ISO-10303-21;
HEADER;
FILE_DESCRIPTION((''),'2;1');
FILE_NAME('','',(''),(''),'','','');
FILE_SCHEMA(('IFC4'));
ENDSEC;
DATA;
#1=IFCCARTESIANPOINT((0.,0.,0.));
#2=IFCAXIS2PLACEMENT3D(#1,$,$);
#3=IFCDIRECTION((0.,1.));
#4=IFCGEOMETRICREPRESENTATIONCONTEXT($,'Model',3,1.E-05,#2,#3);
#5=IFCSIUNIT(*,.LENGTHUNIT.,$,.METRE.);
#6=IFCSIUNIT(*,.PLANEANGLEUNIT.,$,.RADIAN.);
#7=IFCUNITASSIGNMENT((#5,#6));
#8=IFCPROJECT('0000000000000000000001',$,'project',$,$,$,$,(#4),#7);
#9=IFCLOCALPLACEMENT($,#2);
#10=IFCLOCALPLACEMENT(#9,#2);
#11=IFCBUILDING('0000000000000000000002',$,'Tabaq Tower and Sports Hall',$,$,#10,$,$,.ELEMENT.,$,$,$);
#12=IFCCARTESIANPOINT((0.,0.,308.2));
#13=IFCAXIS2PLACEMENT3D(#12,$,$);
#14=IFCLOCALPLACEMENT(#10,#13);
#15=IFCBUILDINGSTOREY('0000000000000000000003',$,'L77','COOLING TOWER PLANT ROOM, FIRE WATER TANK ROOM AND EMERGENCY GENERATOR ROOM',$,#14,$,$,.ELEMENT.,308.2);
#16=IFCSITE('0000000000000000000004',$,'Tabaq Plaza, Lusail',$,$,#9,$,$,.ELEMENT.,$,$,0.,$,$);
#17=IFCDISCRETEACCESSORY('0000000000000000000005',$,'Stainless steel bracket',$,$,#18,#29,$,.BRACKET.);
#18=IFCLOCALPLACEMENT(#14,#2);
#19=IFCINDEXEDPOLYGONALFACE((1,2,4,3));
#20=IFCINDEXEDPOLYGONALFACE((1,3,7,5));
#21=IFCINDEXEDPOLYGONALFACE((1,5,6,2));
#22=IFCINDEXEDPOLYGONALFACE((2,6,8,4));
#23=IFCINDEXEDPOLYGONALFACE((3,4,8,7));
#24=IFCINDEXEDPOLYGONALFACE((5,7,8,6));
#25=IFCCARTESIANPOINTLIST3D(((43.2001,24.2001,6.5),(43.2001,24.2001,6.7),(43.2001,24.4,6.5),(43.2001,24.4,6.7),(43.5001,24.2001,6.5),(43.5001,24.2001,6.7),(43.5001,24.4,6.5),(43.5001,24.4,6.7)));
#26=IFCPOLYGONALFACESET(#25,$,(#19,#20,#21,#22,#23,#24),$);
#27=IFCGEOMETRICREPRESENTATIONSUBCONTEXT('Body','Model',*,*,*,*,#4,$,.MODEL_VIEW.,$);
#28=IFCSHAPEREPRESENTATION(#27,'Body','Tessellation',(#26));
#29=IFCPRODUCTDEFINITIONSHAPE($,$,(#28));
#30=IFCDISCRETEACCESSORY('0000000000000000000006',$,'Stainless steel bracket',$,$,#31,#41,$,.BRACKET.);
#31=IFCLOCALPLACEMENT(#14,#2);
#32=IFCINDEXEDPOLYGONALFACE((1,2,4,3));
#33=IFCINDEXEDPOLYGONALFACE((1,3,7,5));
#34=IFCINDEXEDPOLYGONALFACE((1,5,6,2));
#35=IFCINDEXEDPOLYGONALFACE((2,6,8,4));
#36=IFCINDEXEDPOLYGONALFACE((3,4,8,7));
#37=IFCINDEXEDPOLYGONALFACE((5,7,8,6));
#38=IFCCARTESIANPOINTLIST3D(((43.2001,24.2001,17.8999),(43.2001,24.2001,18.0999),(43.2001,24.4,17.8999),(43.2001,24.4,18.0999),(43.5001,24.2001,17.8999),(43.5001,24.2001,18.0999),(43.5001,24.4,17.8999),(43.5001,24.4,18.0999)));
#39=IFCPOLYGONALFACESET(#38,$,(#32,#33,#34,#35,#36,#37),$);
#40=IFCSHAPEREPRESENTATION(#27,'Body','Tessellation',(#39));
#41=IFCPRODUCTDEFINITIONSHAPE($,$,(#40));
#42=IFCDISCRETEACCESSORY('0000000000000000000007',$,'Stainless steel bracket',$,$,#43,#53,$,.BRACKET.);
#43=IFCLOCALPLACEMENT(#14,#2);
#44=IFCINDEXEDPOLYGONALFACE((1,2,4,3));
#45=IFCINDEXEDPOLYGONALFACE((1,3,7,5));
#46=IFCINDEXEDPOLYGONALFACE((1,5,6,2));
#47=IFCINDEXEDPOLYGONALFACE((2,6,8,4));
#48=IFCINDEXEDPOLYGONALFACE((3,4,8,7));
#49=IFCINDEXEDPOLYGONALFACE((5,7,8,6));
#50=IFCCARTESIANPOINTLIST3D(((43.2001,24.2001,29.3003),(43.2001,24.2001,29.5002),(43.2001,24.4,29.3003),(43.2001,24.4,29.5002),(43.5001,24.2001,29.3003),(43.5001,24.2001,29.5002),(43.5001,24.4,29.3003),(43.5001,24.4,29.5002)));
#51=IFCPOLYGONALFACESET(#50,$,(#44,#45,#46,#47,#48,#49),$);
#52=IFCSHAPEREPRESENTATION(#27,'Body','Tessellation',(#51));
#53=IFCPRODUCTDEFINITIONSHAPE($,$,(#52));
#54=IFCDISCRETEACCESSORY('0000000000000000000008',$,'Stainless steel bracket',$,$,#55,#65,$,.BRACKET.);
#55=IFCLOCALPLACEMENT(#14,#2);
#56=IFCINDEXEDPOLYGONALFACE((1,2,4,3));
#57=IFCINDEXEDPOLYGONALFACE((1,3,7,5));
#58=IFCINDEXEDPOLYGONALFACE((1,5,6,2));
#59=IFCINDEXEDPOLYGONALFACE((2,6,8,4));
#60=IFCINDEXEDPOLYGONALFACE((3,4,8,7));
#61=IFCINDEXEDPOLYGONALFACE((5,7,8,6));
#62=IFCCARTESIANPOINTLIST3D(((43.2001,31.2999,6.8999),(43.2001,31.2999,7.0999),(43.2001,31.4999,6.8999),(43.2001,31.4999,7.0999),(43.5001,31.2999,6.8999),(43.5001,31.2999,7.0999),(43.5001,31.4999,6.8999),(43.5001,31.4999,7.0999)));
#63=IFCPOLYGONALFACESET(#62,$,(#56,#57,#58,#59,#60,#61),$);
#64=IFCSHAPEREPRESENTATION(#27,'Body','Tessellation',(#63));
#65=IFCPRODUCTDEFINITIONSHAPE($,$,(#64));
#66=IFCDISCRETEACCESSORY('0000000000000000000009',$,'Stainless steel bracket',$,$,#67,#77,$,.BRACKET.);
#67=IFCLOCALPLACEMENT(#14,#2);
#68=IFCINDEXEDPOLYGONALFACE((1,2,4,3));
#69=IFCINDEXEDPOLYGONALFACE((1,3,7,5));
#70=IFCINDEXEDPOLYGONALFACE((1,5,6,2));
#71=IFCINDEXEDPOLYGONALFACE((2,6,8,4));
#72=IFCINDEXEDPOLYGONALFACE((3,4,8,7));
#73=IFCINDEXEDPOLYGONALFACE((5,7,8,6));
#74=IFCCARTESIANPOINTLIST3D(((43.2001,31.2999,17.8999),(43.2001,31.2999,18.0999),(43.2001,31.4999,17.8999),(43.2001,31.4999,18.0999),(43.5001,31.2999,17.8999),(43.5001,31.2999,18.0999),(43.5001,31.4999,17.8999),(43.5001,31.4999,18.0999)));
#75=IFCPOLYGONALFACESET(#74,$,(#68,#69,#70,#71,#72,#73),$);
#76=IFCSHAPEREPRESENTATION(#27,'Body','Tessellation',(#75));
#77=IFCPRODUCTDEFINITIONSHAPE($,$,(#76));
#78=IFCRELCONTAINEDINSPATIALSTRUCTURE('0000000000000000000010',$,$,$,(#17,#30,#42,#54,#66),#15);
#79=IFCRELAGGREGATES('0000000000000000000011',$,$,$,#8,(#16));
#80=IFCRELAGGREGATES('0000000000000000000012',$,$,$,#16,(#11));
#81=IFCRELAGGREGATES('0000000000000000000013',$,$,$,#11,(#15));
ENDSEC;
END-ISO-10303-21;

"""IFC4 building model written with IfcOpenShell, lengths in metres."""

from ifc_helpers import new_model, si_unit, direction, frame, origin, origin_2d, place, context, subcontext, project, spatial, rectangle, extrude, element, save


model = new_model("IFC4")

# Units and contexts
model_context = context("Model", 3, precision=1e-05, world=origin(), true_north=direction((0.0, 1.0)))
body_context = subcontext(model_context, "Body", "Model", "MODEL_VIEW")
ifc_project = project(units=[si_unit("LENGTHUNIT", "METRE"), si_unit("PLANEANGLEUNIT", "RADIAN")], contexts=[model_context])

# Site, building, storey
site_placement = place(None, origin())
site = spatial("IfcSite", under=ifc_project, at=site_placement, Name="Tabaq Plaza, Lusail", CompositionType="ELEMENT", RefElevation=0.0)
building_placement = place(site_placement, origin())
building = spatial("IfcBuilding", under=site, at=building_placement, Name="Tabaq Tower and Sports Hall", CompositionType="ELEMENT")
storey_placement = place(building_placement, frame((0.0, 0.0, 308.2)))
storey = spatial("IfcBuildingStorey", under=building, at=storey_placement, Name="L77", Description="COOLING TOWER PLANT ROOM, FIRE WATER TANK ROOM AND EMERGENCY GENERATOR ROOM", CompositionType="ELEMENT", Elevation=308.2)

# Discrete accessories
for number, where, z_axis, x_axis, name in (
    (1, (43.3501, 24.3, 6.5), (0.0, 0.0, 1.0), (0.0, 1.0, 0.0), "Stainless steel bracket"),
    (2, (43.3501, 24.3, 17.8999), (0.0, 0.0, 1.0), (0.0, 1.0, 0.0), "Stainless steel bracket"),
    (3, (43.3501, 24.3, 29.3003), (0.0, 0.0, 1.0), (0.0, 1.0, 0.0), "Stainless steel bracket"),
    (4, (43.3501, 31.3999, 6.8999), (0.0, 0.0, 1.0), (0.0, 1.0, 0.0), "Stainless steel bracket"),
    (5, (43.3501, 31.3999, 17.8999), (0.0, 0.0, 1.0), (0.0, 1.0, 0.0), "Stainless steel bracket"),
):
    element("IfcDiscreteAccessory", number, at=place(storey_placement, frame(where, z_axis=z_axis, x_axis=x_axis)), inside=storey, Name=name, PredefinedType="BRACKET", context=body_context, shape_type="SweptSolid", body=[
        extrude(rectangle(XDim=0.2, YDim=0.3, at=origin_2d()), origin(), (0.0, 0.0, 1.0), 0.2),
    ])

save(model, "model.ifc")
